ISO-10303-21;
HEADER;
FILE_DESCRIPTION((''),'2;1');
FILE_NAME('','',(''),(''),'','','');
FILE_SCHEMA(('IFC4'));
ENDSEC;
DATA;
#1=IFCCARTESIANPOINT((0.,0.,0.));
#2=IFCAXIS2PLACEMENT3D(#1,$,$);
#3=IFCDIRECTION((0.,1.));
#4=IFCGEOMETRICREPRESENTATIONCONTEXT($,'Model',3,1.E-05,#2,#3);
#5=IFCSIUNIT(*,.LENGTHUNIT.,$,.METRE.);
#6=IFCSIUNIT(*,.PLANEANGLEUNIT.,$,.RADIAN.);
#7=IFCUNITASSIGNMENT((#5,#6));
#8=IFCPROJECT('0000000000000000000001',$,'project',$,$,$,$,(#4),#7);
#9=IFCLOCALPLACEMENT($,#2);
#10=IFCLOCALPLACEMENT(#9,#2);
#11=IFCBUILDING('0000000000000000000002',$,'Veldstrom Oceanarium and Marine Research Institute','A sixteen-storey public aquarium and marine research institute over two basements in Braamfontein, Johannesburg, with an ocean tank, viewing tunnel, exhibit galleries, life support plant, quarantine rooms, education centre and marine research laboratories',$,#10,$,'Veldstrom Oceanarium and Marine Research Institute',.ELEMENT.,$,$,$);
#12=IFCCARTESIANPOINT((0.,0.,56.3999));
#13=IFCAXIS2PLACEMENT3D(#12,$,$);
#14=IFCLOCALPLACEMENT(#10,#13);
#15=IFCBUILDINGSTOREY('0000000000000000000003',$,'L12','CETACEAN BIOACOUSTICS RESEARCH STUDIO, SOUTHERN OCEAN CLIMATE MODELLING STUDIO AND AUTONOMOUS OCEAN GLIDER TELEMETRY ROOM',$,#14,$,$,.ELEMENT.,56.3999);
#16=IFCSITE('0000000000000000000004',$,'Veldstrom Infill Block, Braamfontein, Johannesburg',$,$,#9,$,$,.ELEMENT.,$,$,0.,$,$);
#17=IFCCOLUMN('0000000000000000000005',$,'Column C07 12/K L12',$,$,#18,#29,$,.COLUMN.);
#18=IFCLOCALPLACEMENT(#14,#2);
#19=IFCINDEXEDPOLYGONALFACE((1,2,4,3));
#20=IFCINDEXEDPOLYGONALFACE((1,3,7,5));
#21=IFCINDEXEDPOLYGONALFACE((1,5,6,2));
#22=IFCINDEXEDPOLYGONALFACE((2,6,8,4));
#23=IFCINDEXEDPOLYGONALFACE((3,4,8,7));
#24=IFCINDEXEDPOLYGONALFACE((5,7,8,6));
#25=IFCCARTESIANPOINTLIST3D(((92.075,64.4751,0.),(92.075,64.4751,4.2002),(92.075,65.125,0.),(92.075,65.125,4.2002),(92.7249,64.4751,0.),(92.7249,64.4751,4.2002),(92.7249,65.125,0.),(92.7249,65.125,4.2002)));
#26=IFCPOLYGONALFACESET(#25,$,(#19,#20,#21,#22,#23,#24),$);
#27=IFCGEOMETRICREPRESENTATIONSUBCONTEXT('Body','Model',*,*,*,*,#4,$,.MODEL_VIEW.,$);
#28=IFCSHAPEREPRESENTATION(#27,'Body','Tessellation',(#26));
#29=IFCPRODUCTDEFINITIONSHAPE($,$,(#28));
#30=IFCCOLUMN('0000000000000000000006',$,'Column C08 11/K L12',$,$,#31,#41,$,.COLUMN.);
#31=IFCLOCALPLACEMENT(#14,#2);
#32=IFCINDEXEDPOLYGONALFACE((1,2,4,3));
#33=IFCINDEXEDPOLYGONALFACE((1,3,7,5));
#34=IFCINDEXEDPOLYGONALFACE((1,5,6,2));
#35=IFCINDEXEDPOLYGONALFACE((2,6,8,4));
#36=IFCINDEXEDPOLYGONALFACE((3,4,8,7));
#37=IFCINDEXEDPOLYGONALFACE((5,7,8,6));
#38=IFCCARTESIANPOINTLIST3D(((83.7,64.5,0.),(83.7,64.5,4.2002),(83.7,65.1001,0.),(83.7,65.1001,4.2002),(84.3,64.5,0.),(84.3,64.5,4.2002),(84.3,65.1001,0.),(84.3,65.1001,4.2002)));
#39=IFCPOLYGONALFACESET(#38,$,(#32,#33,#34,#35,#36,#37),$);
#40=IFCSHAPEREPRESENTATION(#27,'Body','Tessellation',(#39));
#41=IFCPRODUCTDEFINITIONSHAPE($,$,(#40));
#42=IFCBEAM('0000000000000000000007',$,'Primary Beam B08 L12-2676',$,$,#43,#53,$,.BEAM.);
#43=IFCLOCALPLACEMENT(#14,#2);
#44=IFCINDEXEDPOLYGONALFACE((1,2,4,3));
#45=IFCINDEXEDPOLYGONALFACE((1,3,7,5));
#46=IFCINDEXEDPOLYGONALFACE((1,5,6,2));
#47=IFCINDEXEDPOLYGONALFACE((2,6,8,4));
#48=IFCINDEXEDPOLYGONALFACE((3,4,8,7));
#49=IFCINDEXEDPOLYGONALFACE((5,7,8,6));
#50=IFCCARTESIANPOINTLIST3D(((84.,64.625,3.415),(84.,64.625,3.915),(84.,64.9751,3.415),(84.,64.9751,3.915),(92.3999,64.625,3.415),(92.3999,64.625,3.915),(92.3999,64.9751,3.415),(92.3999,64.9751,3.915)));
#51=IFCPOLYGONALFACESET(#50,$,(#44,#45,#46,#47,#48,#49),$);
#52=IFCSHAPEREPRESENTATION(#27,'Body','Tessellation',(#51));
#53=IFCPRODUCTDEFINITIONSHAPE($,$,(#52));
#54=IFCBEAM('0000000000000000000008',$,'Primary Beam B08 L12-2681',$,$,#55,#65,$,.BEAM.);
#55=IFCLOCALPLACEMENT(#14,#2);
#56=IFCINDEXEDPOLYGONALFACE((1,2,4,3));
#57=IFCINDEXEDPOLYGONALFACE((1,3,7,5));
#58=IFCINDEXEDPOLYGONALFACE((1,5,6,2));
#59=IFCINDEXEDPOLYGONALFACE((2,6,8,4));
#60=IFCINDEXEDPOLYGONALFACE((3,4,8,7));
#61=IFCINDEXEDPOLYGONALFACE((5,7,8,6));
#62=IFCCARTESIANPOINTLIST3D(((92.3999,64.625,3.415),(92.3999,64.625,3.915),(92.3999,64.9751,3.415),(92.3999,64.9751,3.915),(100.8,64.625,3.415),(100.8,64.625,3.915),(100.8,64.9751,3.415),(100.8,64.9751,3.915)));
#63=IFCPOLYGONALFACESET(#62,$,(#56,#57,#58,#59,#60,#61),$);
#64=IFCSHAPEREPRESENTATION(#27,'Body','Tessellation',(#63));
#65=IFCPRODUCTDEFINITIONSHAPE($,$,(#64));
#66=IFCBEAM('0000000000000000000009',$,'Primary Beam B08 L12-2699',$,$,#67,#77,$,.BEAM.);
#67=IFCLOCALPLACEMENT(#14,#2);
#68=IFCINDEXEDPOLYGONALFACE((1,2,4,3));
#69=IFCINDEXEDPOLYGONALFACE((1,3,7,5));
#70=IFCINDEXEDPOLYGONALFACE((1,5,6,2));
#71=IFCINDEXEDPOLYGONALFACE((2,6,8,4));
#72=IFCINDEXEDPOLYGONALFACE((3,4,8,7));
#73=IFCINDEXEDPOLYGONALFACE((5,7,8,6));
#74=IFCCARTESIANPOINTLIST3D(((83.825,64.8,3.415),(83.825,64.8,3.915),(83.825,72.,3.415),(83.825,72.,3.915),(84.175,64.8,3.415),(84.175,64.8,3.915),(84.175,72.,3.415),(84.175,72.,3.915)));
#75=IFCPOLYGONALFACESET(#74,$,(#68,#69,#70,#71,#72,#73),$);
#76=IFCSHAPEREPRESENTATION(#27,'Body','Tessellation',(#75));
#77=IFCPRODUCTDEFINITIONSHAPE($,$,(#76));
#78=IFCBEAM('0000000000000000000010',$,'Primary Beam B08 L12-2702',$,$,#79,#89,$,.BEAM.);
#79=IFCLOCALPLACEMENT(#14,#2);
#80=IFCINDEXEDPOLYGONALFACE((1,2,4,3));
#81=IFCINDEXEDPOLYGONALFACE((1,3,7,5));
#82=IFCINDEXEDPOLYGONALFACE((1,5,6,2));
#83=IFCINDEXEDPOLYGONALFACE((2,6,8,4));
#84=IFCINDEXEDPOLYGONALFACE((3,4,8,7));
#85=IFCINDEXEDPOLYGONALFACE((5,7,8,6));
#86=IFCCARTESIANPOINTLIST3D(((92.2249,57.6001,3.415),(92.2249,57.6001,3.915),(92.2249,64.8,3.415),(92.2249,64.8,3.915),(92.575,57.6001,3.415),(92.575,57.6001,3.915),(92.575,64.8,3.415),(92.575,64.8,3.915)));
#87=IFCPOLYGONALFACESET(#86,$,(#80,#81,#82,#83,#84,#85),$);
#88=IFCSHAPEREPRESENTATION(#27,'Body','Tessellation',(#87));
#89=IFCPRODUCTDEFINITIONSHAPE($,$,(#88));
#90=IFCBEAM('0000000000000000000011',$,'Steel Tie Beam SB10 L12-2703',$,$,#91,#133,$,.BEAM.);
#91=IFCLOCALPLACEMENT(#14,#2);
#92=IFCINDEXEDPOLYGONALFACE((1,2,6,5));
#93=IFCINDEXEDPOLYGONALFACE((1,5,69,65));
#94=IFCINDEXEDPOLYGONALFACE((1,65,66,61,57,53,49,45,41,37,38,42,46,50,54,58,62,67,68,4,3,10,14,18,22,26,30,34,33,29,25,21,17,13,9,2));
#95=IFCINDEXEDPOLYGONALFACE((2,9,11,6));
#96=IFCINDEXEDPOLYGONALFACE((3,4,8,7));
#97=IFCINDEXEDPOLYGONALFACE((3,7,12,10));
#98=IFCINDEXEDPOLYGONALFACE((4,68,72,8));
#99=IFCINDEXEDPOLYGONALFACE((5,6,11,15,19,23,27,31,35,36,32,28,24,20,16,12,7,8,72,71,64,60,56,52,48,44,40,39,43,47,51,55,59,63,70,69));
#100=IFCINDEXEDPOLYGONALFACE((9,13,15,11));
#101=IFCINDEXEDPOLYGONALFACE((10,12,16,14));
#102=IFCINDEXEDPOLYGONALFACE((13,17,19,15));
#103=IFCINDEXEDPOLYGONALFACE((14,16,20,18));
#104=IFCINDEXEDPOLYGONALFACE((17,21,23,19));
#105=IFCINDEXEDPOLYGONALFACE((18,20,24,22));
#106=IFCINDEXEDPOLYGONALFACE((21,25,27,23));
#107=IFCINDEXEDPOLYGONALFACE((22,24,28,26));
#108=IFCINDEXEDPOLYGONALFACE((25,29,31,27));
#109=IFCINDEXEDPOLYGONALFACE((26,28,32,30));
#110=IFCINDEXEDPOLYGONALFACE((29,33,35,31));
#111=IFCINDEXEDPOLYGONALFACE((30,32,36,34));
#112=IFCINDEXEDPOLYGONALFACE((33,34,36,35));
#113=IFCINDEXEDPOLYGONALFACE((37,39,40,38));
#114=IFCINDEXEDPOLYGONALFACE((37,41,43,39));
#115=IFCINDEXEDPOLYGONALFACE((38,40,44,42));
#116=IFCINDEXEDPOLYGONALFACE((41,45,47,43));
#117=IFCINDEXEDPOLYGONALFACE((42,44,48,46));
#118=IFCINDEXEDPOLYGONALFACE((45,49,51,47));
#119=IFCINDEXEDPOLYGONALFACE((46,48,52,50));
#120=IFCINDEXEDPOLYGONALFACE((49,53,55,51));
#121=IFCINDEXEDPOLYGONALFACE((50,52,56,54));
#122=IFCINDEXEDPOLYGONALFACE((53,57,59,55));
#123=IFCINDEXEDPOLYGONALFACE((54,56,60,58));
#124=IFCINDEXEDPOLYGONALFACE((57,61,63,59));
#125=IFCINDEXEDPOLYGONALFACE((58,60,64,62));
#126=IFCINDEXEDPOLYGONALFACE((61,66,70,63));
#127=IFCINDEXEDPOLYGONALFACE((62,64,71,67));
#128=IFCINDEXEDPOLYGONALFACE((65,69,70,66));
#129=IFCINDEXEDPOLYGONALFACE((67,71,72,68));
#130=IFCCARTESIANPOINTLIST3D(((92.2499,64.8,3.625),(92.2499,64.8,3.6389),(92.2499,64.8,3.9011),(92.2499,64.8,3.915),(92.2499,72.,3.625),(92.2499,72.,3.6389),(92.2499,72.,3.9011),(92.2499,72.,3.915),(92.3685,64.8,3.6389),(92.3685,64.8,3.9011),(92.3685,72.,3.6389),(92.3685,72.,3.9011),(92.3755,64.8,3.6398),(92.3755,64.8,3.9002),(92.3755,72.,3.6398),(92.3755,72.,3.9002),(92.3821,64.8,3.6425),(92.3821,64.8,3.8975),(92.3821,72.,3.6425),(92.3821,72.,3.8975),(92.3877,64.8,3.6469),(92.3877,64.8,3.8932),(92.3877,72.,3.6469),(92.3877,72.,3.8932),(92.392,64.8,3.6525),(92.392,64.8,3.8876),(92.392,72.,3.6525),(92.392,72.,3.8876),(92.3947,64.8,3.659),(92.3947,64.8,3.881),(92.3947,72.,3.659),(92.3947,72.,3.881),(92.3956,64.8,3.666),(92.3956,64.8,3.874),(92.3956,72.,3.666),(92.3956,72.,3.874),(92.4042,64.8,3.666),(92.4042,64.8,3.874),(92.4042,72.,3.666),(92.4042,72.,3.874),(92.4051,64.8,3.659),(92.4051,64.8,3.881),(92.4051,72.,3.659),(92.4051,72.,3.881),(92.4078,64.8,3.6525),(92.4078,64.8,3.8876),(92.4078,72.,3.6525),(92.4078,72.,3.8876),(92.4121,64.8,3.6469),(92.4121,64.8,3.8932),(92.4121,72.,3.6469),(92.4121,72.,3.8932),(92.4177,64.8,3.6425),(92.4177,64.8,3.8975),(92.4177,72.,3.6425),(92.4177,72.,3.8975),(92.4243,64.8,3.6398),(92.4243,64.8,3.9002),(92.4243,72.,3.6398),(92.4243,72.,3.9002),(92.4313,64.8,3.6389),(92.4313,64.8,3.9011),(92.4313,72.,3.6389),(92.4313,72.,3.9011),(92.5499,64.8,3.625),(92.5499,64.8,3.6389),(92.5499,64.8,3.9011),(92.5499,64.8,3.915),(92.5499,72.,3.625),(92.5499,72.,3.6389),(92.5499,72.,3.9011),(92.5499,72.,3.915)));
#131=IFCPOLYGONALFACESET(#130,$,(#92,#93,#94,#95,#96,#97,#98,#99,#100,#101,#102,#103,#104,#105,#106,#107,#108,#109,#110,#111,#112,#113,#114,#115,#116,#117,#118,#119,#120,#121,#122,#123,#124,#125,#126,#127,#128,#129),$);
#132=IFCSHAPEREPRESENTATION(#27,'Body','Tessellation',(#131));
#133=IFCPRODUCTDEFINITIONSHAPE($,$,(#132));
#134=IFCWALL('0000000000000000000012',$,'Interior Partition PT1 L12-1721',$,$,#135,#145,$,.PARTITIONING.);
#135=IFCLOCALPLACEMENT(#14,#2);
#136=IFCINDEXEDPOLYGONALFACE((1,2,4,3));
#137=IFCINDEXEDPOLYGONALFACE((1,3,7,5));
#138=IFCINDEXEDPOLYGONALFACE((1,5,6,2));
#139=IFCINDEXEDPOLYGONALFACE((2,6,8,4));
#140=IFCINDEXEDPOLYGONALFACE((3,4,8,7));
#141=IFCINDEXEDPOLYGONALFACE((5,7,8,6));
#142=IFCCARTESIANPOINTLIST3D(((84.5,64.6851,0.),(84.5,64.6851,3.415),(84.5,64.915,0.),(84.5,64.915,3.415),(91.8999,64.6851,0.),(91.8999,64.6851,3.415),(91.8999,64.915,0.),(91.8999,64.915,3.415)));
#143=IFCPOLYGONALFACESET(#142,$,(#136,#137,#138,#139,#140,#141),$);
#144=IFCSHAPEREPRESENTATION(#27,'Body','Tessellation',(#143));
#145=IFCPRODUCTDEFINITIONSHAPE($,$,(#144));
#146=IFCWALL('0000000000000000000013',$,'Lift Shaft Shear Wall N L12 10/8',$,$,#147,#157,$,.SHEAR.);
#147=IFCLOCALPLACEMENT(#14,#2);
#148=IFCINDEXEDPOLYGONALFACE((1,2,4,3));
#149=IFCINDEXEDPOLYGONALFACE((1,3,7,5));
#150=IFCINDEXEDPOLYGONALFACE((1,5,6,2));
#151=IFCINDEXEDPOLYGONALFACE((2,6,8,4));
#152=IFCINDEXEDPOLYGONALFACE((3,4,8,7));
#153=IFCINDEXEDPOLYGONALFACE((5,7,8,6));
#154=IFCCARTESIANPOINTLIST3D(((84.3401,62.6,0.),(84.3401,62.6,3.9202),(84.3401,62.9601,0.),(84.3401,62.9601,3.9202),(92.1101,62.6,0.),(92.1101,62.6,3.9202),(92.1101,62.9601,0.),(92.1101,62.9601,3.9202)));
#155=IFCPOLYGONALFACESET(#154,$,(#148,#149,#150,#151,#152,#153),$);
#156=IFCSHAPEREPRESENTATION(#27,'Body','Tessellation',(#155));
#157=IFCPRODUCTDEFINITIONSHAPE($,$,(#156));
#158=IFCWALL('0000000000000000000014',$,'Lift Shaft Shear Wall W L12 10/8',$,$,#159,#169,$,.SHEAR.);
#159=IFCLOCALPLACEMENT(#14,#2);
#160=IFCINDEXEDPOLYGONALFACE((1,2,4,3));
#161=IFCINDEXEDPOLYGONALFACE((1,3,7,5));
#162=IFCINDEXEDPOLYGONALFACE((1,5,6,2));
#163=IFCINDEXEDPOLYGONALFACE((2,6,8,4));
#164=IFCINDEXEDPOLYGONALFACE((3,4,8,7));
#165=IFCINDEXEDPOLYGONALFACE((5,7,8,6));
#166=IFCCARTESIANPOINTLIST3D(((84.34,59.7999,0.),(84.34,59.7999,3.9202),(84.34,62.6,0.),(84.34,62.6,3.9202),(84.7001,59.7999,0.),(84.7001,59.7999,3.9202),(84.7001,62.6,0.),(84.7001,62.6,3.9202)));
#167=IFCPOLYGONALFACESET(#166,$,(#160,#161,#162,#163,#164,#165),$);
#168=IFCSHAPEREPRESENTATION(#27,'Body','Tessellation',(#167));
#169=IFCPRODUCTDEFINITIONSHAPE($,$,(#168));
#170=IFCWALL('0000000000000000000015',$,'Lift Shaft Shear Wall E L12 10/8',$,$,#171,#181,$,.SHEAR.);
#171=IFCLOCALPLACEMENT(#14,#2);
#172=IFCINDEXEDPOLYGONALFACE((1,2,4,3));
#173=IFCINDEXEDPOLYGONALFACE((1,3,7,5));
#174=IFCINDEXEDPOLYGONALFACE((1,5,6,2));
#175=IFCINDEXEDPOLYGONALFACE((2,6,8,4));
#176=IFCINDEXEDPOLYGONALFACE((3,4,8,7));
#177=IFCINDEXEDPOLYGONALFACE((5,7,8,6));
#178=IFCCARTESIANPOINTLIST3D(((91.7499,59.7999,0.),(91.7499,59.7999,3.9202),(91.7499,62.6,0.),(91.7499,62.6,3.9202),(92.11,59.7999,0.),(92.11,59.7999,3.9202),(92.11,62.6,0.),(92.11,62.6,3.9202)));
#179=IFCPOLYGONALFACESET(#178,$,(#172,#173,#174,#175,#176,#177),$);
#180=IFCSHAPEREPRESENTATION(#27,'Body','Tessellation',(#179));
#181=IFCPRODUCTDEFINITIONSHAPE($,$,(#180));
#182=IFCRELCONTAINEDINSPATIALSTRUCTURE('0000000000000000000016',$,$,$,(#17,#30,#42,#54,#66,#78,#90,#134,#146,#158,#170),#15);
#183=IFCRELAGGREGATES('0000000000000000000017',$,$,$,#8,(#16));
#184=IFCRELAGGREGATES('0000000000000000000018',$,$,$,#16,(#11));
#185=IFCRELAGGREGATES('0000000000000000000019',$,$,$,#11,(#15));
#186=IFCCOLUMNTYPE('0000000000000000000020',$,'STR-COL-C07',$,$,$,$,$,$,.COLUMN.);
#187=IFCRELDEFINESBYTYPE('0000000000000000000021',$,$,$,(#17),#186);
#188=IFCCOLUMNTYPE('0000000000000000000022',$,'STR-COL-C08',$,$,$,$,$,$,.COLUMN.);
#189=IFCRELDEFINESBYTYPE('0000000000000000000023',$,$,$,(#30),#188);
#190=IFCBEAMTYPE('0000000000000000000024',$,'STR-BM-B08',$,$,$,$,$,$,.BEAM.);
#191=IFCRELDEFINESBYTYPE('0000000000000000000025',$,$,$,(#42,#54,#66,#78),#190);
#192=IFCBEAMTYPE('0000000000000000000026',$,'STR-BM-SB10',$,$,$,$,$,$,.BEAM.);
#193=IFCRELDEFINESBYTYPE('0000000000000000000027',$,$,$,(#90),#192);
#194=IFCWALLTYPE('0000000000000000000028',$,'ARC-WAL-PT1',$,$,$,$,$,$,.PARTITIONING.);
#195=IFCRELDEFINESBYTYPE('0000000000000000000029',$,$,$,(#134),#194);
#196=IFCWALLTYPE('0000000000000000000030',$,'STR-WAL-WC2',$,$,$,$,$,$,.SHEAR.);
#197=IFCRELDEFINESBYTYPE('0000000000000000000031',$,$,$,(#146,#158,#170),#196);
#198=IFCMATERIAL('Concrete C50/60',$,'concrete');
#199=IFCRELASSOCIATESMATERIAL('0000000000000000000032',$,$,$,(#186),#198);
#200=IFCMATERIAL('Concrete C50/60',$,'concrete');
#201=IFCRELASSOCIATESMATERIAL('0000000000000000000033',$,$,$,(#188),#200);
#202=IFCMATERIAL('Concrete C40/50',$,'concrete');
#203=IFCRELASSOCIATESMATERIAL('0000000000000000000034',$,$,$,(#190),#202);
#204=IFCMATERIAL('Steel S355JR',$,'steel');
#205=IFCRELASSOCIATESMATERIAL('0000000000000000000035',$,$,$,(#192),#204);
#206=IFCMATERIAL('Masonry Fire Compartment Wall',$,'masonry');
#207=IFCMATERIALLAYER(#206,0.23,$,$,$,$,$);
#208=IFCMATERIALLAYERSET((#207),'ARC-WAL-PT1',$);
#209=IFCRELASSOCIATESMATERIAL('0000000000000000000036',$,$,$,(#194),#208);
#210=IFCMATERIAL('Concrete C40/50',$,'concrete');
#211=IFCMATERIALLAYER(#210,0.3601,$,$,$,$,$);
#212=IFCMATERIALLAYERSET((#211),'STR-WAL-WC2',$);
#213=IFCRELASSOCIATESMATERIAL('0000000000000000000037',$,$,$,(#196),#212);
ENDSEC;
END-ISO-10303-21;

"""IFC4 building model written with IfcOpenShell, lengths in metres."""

from ifc_helpers import new_model, si_unit, direction, frame, frame_2d, origin, origin_2d, place, context, subcontext, project, spatial, rectangle, i_section, extrude, material, layer, layer_set, material_profile, profile_set, type_object, element, save


model = new_model("IFC4")

# Units and contexts
model_context = context("Model", 3, precision=1e-05, world=origin(), true_north=direction((0.0, 1.0)))
body_context = subcontext(model_context, "Body", "Model", "MODEL_VIEW")
ifc_project = project(units=[si_unit("LENGTHUNIT", "METRE"), si_unit("PLANEANGLEUNIT", "RADIAN")], contexts=[model_context])

# Site, building, storey
site_placement = place(None, origin())
site = spatial("IfcSite", under=ifc_project, at=site_placement, Name="Veldstrom Infill Block, Braamfontein, Johannesburg", CompositionType="ELEMENT", RefElevation=0.0)
building_placement = place(site_placement, origin())
building = spatial("IfcBuilding", under=site, at=building_placement, Name="Veldstrom Oceanarium and Marine Research Institute", Description="A sixteen-storey public aquarium and marine research institute over two basements in Braamfontein, Johannesburg, with an ocean tank, viewing tunnel, exhibit galleries, life support plant, quarantine rooms, education centre and marine research laboratories", LongName="Veldstrom Oceanarium and Marine Research Institute", CompositionType="ELEMENT")
storey_placement = place(building_placement, frame((0.0, 0.0, 56.3999)))
storey = spatial("IfcBuildingStorey", under=building, at=storey_placement, Name="L12", Description="CETACEAN BIOACOUSTICS RESEARCH STUDIO, SOUTHERN OCEAN CLIMATE MODELLING STUDIO AND AUTONOMOUS OCEAN GLIDER TELEMETRY ROOM", CompositionType="ELEMENT", Elevation=56.3999)

# Columns
ifc_material_1 = material(Name="Concrete C50/60", Category="concrete")
ifc_material_profile_1 = material_profile(ifc_material_1, rectangle(XDim=0.6499, YDim=0.6499, at=origin_2d()), Name="RC-COL-650x650")
ifc_profile_set_1 = profile_set([ifc_material_profile_1], Name="Concrete C50/60")
column_type_1 = type_object("IfcColumnType", Name="STR-COL-C07", PredefinedType="COLUMN", material=ifc_profile_set_1)
column_1_placement = place(storey_placement, frame((92.3999, 64.8, 0.0), z_axis=(0.0, 0.0, 1.0), x_axis=(1.0, 0.0, 0.0)))
element("IfcColumn", 1, at=column_1_placement, inside=storey, type_object=column_type_1, Name="Column C07 12/K L12", PredefinedType="COLUMN", context=body_context, shape_type="SweptSolid", body=[
    extrude(rectangle(XDim=0.6499, YDim=0.6499, at=origin_2d()), origin(), (0.0, 0.0, 1.0), 4.2002),
])
ifc_material_2 = material(Name="Concrete C50/60", Category="concrete")
ifc_material_profile_2 = material_profile(ifc_material_2, rectangle(XDim=0.6001, YDim=0.6001, at=origin_2d()), Name="RC-COL-600x600")
ifc_profile_set_2 = profile_set([ifc_material_profile_2], Name="Concrete C50/60")
column_type_2 = type_object("IfcColumnType", Name="STR-COL-C08", PredefinedType="COLUMN", material=ifc_profile_set_2)
column_2_placement = place(storey_placement, frame((84.0, 64.8, 0.0), z_axis=(0.0, 0.0, 1.0), x_axis=(1.0, 0.0, 0.0)))
element("IfcColumn", 2, at=column_2_placement, inside=storey, type_object=column_type_2, Name="Column C08 11/K L12", PredefinedType="COLUMN", context=body_context, shape_type="SweptSolid", body=[
    extrude(rectangle(XDim=0.6001, YDim=0.6001, at=origin_2d()), origin(), (0.0, 0.0, 1.0), 4.2002),
])

# Beams
ifc_material_3 = material(Name="Concrete C40/50", Category="concrete")
ifc_material_profile_3 = material_profile(ifc_material_3, rectangle(XDim=0.3501, YDim=0.5, at=origin_2d()), Name="RC-BM-350x500")
ifc_profile_set_3 = profile_set([ifc_material_profile_3], Name="Concrete C40/50")
beam_type_1 = type_object("IfcBeamType", Name="STR-BM-B08", PredefinedType="BEAM", material=ifc_profile_set_3)
beam_1_placement = place(storey_placement, frame((84.0, 64.8, 3.665), z_axis=(1.0, 0.0, 0.0), x_axis=(0.0, 1.0, 0.0)))
element("IfcBeam", 3, at=beam_1_placement, inside=storey, type_object=beam_type_1, Name="Primary Beam B08 L12-2676", PredefinedType="BEAM", context=body_context, shape_type="SweptSolid", body=[
    extrude(rectangle(XDim=0.3501, YDim=0.5, at=origin_2d()), origin(), (0.0, 0.0, 1.0), 8.3999),
])
beam_2_placement = place(storey_placement, frame((92.3999, 64.8, 3.665), z_axis=(1.0, 0.0, 0.0), x_axis=(0.0, 1.0, 0.0)))
element("IfcBeam", 4, at=beam_2_placement, inside=storey, type_object=beam_type_1, Name="Primary Beam B08 L12-2681", PredefinedType="BEAM", context=body_context, shape_type="SweptSolid", body=[
    extrude(rectangle(XDim=0.3501, YDim=0.5, at=origin_2d()), origin(), (0.0, 0.0, 1.0), 8.4001),
])
for number, where, z_axis, x_axis, name in (
    (5, (84.0, 64.8, 3.665), (0.0, 1.0, 0.0), (-1.0, 0.0, 0.0), "Primary Beam B08 L12-2699"),
    (6, (92.3999, 57.6001, 3.665), (0.0, 1.0, 0.0), (-1.0, 0.0, 0.0), "Primary Beam B08 L12-2702"),
):
    element("IfcBeam", number, at=place(storey_placement, frame(where, z_axis=z_axis, x_axis=x_axis)), inside=storey, type_object=beam_type_1, Name=name, PredefinedType="BEAM", context=body_context, shape_type="SweptSolid", body=[
        extrude(rectangle(XDim=0.3501, YDim=0.5, at=origin_2d()), origin(), (0.0, 0.0, 1.0), 7.2),
    ])
ifc_material_4 = material(Name="Steel S355JR", Category="steel")
ifc_material_profile_4 = material_profile(ifc_material_4, i_section(OverallWidth=0.3, OverallDepth=0.29, WebThickness=0.0085, FlangeThickness=0.0139, FilletRadius=0.0271, at=origin_2d()), Name="HEA 300")
ifc_profile_set_4 = profile_set([ifc_material_profile_4], Name="Steel S355JR")
beam_type_2 = type_object("IfcBeamType", Name="STR-BM-SB10", PredefinedType="BEAM", material=ifc_profile_set_4)
beam_3_placement = place(storey_placement, frame((92.3999, 64.8, 3.77), z_axis=(0.0, 1.0, 0.0), x_axis=(-1.0, 0.0, 0.0)))
element("IfcBeam", 7, at=beam_3_placement, inside=storey, type_object=beam_type_2, Name="Steel Tie Beam SB10 L12-2703", PredefinedType="BEAM", context=body_context, shape_type="SweptSolid", body=[
    extrude(i_section(OverallWidth=0.3, OverallDepth=0.29, WebThickness=0.0085, FlangeThickness=0.0139, FilletRadius=0.0271, at=origin_2d()), origin(), (0.0, 0.0, 1.0), 7.2),
])

# Shared definitions
ifc_material_5 = material(Name="Masonry Fire Compartment Wall", Category="masonry")
ifc_layer_1 = layer(ifc_material_5, 0.23)
ifc_layer_set_1 = layer_set([ifc_layer_1], Name="ARC-WAL-PT1")
wall_type_1 = type_object("IfcWallType", Name="ARC-WAL-PT1", PredefinedType="PARTITIONING", material=ifc_layer_set_1)

# Walls
wall_1_placement = place(storey_placement, frame((84.5, 64.8, 0.0), z_axis=(0.0, 0.0, 1.0), x_axis=(1.0, 0.0, 0.0)))
element("IfcWall", 8, at=wall_1_placement, inside=storey, type_object=wall_type_1, Name="Interior Partition PT1 L12-1721", PredefinedType="PARTITIONING", context=body_context, shape_type="SweptSolid", body=[
    extrude(rectangle(XDim=7.3999, YDim=0.23, at=frame_2d((3.7, 0.0))), origin(), (0.0, 0.0, 1.0), 3.415),
])
ifc_material_6 = material(Name="Concrete C40/50", Category="concrete")
ifc_layer_2 = layer(ifc_material_6, 0.3601)
ifc_layer_set_2 = layer_set([ifc_layer_2], Name="STR-WAL-WC2")
wall_type_2 = type_object("IfcWallType", Name="STR-WAL-WC2", PredefinedType="SHEAR", material=ifc_layer_set_2)
wall_2_placement = place(storey_placement, frame((84.3401, 62.78, 0.0), z_axis=(0.0, 0.0, 1.0), x_axis=(1.0, 0.0, 0.0)))
element("IfcWall", 9, at=wall_2_placement, inside=storey, type_object=wall_type_2, Name="Lift Shaft Shear Wall N L12 10/8", PredefinedType="SHEAR", context=body_context, shape_type="SweptSolid", body=[
    extrude(rectangle(XDim=7.77, YDim=0.3601, at=frame_2d((3.885, 0.0))), origin(), (0.0, 0.0, 1.0), 3.9202),
])

# Walls
for number, where, z_axis, x_axis, name in (
    (10, (84.52, 59.8, 0.0), (0.0, 0.0, 1.0), (0.0, 1.0, 0.0), "Lift Shaft Shear Wall W L12 10/8"),
    (11, (91.9299, 59.8, 0.0), (0.0, 0.0, 1.0), (0.0, 1.0, 0.0), "Lift Shaft Shear Wall E L12 10/8"),
):
    element("IfcWall", number, at=place(storey_placement, frame(where, z_axis=z_axis, x_axis=x_axis)), inside=storey, type_object=wall_type_2, Name=name, PredefinedType="SHEAR", context=body_context, shape_type="SweptSolid", body=[
        extrude(rectangle(XDim=2.8, YDim=0.3601, at=frame_2d((1.3999, 0.0))), origin(), (0.0, 0.0, 1.0), 3.9202),
    ])

save(model, "model.ifc")
